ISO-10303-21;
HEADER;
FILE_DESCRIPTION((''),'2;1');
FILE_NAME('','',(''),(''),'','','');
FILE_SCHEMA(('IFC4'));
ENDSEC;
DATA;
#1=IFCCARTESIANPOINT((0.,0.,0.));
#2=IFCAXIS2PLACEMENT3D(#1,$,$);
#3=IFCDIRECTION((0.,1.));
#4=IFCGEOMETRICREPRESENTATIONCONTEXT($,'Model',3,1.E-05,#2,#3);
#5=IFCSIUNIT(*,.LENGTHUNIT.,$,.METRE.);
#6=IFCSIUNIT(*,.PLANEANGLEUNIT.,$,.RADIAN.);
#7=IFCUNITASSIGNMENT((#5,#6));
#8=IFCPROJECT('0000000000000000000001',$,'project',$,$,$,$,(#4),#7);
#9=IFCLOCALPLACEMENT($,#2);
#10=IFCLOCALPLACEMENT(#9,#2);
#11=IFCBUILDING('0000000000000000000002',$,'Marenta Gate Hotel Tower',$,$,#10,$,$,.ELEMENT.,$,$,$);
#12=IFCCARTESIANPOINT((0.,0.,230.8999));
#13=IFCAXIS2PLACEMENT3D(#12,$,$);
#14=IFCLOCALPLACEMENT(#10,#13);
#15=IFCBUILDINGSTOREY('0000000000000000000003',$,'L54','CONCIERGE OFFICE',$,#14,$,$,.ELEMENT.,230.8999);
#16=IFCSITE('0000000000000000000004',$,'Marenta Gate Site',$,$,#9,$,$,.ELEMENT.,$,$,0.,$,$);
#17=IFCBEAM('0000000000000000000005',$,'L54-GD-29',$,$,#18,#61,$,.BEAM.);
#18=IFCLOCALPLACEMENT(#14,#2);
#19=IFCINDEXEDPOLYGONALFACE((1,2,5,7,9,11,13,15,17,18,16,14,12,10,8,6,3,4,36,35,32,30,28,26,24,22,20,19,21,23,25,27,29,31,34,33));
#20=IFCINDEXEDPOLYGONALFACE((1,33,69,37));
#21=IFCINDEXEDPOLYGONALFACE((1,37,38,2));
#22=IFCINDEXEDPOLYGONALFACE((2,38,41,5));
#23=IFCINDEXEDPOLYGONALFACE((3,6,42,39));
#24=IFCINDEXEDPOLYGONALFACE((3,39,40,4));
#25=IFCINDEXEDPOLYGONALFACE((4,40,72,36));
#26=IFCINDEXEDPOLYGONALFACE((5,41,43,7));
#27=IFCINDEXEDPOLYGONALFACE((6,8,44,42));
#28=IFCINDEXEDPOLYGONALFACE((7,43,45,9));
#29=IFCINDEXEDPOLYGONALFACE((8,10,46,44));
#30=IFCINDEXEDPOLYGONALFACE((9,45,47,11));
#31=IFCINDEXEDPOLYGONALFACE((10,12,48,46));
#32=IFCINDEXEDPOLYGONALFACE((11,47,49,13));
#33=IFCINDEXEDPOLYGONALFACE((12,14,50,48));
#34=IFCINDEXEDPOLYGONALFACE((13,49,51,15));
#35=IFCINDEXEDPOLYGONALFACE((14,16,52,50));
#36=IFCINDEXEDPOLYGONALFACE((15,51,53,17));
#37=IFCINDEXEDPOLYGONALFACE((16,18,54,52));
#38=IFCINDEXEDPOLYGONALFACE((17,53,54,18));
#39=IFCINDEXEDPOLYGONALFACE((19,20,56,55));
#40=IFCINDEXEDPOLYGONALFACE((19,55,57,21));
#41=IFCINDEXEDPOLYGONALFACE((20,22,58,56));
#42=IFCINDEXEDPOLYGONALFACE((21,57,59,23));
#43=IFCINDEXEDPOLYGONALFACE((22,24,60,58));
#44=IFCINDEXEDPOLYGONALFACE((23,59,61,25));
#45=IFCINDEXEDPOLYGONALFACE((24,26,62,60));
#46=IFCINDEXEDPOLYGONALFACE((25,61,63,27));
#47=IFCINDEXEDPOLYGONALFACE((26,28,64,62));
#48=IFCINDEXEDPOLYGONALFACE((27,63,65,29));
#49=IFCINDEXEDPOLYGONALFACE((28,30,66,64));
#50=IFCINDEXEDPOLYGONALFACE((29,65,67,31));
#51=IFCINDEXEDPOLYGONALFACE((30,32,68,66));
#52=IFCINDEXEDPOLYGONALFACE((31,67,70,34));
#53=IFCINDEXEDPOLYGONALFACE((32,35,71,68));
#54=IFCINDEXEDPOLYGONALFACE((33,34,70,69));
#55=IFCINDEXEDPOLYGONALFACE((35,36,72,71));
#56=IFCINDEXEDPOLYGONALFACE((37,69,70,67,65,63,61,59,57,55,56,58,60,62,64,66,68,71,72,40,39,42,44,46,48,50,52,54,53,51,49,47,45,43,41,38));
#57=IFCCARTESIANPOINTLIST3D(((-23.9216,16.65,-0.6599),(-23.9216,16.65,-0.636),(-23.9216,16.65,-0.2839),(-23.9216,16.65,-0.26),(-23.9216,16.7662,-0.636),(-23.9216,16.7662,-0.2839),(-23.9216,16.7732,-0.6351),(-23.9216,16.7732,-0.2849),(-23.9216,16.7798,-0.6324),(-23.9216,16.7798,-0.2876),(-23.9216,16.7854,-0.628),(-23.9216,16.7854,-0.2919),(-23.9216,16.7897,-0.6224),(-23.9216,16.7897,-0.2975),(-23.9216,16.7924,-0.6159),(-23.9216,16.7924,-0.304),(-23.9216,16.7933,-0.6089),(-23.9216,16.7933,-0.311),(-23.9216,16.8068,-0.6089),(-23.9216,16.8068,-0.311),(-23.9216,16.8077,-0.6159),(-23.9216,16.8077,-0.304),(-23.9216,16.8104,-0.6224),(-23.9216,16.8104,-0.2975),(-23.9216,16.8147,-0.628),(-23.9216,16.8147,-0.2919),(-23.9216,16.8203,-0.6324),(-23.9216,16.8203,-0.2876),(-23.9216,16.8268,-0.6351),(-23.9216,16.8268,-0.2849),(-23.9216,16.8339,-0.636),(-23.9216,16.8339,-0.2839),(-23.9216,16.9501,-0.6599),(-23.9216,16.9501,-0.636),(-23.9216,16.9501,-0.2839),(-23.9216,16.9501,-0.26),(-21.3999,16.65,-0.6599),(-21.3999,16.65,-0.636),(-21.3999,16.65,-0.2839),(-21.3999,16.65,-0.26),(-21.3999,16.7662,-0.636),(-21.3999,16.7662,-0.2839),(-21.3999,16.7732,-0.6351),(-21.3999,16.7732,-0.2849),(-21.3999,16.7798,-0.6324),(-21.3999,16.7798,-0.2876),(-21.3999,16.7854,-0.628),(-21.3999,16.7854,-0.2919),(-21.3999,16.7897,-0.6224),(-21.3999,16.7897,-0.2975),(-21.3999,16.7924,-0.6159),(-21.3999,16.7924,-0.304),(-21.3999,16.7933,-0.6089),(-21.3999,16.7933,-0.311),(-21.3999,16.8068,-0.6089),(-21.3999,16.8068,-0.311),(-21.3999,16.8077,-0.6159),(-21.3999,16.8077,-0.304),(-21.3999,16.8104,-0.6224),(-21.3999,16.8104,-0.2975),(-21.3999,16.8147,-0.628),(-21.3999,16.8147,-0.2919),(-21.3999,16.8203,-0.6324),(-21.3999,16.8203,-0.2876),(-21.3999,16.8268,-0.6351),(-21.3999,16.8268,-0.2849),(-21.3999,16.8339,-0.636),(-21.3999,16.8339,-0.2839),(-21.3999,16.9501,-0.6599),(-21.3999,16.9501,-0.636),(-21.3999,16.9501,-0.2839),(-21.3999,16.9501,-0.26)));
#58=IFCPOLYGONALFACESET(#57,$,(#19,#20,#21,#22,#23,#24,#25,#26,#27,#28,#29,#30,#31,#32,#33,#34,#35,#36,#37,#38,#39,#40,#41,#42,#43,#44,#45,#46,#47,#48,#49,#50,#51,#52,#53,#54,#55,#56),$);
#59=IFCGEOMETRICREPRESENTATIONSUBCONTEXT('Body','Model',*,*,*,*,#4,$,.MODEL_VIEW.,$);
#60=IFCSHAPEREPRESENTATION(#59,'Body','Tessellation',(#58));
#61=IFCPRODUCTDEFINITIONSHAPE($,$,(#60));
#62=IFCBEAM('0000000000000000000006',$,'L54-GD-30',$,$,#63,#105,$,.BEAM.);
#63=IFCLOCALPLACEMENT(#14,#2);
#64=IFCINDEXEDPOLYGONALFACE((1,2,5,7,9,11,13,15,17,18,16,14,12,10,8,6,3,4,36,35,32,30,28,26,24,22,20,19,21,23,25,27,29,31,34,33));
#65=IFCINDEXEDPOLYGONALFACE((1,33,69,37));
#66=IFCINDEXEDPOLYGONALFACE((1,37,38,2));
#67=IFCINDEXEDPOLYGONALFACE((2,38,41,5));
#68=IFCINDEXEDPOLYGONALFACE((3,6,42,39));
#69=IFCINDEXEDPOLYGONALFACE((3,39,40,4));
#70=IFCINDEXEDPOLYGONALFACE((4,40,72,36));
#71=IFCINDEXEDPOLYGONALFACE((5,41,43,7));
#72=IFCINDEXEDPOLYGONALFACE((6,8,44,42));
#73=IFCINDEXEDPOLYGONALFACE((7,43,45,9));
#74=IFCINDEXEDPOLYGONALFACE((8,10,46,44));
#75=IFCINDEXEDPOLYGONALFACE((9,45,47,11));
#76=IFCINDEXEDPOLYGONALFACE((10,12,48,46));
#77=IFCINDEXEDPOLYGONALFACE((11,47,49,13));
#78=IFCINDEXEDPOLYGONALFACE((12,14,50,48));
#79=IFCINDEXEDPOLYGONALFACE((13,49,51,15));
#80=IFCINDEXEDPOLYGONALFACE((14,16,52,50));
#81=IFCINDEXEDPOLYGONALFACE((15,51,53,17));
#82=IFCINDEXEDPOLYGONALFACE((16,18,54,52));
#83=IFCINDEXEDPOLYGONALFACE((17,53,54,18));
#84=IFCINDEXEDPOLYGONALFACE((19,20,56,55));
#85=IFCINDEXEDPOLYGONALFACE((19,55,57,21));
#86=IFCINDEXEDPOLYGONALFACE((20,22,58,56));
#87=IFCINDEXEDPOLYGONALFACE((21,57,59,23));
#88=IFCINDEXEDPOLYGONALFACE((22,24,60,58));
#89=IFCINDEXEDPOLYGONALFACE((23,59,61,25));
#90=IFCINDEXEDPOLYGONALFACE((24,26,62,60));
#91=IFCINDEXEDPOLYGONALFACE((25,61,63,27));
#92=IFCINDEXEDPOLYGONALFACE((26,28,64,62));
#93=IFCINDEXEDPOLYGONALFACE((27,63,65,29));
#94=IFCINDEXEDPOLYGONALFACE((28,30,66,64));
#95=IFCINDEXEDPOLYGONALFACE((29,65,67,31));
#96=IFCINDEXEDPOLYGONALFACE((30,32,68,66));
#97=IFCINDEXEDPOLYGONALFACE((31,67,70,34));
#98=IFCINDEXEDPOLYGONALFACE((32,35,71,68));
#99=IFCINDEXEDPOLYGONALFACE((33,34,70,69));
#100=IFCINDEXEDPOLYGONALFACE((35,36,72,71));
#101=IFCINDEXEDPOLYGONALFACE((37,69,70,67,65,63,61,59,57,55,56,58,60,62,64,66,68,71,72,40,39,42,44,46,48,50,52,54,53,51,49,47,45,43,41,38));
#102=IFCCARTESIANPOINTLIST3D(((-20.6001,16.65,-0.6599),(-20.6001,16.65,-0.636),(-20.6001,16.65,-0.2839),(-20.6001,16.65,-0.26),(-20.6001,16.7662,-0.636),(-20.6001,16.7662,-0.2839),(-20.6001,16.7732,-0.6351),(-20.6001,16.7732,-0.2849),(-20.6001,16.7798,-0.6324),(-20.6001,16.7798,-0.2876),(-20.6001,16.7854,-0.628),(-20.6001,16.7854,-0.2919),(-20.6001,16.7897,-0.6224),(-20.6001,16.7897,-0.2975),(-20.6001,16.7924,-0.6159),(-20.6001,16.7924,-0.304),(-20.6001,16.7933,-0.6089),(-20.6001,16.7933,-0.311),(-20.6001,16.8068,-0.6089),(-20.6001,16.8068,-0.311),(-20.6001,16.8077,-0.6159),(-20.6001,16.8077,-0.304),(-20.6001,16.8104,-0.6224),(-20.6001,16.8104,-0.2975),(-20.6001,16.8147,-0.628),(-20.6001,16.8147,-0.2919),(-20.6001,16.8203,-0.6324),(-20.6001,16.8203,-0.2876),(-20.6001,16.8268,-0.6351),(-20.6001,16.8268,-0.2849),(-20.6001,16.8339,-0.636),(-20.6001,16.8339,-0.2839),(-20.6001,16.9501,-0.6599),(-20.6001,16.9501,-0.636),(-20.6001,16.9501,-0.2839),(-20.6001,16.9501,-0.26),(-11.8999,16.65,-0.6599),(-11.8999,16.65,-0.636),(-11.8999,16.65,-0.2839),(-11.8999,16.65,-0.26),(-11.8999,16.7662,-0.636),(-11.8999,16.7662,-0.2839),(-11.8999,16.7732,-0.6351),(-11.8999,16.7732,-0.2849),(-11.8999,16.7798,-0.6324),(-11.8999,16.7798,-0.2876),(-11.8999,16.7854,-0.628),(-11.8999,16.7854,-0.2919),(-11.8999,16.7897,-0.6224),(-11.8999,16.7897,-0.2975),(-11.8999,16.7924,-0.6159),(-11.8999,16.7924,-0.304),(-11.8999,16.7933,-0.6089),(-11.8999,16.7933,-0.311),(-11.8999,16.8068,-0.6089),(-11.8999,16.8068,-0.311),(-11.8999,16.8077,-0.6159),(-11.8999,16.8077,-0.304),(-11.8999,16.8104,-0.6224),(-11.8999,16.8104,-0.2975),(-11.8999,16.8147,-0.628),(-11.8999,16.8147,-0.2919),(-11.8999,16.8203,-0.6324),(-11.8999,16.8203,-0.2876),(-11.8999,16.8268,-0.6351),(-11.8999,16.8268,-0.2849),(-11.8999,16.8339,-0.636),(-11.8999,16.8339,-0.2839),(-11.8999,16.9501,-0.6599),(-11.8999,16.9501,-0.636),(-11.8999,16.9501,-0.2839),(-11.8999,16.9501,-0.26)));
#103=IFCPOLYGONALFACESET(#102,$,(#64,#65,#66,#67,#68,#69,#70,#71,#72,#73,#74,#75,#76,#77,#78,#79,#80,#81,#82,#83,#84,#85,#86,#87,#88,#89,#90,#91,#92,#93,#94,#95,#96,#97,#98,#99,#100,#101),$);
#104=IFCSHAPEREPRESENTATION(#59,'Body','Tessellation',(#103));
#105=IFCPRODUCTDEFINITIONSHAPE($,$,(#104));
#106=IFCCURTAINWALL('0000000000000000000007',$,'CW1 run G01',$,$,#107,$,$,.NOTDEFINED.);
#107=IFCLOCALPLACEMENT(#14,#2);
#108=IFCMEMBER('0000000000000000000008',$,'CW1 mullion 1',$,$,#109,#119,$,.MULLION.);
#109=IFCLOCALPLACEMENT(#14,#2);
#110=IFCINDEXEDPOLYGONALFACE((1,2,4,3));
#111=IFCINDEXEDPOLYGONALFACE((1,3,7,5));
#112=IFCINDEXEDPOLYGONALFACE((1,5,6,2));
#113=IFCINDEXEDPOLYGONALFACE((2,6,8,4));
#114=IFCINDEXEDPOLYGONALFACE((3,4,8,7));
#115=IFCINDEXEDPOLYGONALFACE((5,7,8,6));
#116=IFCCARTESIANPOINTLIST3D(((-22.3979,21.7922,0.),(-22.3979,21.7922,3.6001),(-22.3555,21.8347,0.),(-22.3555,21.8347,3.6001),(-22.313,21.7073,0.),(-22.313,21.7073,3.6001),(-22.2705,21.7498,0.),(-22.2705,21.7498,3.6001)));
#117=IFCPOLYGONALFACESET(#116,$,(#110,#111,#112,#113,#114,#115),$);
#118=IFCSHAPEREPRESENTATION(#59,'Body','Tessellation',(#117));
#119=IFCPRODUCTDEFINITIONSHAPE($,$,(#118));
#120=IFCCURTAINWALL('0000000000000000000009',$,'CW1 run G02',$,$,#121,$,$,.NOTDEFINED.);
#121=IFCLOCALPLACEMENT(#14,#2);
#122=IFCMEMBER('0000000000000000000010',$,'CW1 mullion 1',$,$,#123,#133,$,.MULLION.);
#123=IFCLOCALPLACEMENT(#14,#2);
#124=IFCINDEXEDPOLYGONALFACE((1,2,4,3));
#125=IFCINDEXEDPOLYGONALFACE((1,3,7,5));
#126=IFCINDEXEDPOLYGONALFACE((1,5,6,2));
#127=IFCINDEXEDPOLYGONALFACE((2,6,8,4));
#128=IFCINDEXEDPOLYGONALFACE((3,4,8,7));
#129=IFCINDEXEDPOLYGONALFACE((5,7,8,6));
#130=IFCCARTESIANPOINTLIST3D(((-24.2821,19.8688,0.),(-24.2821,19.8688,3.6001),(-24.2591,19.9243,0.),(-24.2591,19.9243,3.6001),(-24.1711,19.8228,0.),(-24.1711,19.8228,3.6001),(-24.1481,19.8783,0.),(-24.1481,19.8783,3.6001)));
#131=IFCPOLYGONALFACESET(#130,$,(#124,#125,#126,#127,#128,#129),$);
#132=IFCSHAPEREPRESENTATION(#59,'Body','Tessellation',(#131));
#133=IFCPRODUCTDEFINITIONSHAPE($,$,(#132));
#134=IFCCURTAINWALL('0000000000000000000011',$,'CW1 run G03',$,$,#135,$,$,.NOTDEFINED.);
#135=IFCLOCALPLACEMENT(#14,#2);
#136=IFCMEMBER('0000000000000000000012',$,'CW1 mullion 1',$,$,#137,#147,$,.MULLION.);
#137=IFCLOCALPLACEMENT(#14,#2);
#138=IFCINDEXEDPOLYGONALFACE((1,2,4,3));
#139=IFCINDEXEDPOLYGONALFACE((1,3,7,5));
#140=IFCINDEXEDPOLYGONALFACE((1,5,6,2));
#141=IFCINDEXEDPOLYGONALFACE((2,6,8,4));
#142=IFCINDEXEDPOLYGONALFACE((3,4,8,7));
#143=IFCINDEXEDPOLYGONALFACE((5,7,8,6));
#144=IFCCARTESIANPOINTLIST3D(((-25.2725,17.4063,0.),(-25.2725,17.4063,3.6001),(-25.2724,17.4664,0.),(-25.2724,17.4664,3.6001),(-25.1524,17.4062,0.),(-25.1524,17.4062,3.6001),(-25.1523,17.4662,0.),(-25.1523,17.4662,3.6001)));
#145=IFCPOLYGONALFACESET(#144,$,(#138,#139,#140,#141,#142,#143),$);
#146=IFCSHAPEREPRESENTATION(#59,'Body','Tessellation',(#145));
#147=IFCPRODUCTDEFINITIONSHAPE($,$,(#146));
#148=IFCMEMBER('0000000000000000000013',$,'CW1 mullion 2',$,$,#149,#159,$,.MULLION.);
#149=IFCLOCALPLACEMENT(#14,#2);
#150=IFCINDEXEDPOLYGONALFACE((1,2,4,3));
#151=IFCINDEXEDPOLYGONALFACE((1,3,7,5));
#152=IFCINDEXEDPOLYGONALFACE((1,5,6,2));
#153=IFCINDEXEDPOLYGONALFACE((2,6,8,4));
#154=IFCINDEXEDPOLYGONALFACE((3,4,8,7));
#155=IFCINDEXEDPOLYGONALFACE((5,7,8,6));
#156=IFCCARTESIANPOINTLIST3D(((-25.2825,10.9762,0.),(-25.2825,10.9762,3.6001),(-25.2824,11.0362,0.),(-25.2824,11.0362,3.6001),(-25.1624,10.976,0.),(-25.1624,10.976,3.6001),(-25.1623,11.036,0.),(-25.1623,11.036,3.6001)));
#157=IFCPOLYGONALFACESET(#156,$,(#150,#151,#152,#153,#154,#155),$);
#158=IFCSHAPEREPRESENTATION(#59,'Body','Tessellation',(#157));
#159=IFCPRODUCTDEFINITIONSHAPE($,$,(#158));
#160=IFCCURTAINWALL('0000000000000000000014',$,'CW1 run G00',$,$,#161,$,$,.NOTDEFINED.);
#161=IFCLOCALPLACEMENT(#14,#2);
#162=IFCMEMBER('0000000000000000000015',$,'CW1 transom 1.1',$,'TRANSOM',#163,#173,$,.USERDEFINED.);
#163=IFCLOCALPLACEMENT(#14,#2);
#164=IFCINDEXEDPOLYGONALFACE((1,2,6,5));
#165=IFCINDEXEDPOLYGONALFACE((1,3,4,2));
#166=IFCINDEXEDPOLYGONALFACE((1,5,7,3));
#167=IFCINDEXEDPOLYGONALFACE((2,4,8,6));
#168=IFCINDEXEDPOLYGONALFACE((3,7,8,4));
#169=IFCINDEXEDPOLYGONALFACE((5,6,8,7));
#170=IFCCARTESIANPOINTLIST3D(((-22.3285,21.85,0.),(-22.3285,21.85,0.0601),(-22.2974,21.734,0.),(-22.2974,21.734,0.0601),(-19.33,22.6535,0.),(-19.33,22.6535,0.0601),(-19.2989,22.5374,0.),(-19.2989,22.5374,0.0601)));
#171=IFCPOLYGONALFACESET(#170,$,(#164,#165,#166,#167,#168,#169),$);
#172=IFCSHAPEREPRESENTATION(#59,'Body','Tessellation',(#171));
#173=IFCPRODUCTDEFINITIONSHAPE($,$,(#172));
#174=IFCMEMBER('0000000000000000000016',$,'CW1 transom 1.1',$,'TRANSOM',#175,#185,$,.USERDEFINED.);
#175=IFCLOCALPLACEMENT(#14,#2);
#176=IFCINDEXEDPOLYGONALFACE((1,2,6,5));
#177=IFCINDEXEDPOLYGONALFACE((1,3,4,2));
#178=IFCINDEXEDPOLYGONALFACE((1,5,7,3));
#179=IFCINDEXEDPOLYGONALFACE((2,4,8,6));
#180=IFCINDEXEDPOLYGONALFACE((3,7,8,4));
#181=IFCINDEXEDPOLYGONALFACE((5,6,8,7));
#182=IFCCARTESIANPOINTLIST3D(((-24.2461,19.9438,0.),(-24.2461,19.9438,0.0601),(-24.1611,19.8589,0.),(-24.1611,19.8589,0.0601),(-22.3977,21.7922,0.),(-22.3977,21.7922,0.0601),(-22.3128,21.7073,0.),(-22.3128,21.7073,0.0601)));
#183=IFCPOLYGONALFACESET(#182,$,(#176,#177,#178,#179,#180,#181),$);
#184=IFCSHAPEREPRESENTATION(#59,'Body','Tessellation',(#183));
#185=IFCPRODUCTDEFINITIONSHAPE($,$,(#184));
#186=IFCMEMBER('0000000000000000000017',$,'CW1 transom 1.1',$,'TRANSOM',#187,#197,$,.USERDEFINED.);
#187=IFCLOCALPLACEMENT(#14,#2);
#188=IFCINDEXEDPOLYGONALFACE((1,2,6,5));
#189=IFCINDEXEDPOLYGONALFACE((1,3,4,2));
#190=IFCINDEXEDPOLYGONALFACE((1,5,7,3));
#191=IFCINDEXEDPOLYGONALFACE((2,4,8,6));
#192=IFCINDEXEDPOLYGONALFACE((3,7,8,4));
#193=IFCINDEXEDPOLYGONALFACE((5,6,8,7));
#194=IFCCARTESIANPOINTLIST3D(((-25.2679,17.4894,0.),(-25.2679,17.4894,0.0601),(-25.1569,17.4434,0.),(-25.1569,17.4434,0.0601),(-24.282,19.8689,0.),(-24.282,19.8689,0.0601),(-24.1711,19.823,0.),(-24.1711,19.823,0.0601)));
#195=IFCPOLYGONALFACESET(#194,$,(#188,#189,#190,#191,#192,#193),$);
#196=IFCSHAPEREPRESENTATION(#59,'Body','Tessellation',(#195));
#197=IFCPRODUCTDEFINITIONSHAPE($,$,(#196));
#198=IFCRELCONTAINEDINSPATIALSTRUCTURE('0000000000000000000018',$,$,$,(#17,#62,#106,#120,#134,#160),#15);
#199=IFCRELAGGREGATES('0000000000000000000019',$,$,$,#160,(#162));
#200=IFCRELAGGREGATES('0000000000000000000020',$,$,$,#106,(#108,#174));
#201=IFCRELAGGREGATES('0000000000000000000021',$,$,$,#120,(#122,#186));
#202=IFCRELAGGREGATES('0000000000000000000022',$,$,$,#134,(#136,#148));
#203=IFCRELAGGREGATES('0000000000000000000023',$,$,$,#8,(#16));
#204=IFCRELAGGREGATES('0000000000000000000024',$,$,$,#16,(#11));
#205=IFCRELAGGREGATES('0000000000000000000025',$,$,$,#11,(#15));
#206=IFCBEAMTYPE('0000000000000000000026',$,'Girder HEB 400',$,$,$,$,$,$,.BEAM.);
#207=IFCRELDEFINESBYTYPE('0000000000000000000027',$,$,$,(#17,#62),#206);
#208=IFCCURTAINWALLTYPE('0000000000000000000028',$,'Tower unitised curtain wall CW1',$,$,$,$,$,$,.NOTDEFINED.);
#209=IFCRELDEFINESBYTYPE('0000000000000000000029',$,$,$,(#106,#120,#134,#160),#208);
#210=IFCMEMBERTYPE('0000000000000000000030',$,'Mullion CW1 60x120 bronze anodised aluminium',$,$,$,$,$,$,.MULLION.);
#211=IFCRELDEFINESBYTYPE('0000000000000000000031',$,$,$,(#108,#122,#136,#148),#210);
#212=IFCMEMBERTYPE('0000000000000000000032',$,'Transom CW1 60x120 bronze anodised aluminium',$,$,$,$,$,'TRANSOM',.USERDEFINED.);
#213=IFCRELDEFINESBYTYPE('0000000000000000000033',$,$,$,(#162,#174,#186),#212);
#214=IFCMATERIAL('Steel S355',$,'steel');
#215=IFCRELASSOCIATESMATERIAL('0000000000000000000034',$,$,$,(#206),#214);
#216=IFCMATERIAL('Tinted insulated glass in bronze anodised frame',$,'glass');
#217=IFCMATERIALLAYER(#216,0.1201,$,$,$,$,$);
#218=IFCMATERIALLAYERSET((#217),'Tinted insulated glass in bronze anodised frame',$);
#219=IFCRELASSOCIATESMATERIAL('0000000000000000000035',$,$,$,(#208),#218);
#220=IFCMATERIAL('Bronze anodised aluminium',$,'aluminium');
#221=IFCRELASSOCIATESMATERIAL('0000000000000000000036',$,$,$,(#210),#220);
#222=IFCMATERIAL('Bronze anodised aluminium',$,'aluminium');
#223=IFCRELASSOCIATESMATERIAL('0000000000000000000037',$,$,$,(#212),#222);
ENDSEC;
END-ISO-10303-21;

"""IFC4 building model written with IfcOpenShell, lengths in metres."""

from ifc_helpers import new_model, si_unit, direction, frame, origin, origin_2d, place, context, subcontext, project, spatial, rectangle, i_section, extrude, material, layer, layer_set, material_profile, profile_set, type_object, element, aggregate, save


model = new_model("IFC4")

# Units and contexts
model_context = context("Model", 3, precision=1e-05, world=origin(), true_north=direction((0.0, 1.0)))
body_context = subcontext(model_context, "Body", "Model", "MODEL_VIEW")
ifc_project = project(units=[si_unit("LENGTHUNIT", "METRE"), si_unit("PLANEANGLEUNIT", "RADIAN")], contexts=[model_context])

# Site, building, storey
site_placement = place(None, origin())
site = spatial("IfcSite", under=ifc_project, at=site_placement, Name="Marenta Gate Site", CompositionType="ELEMENT", RefElevation=0.0)
building_placement = place(site_placement, origin())
building = spatial("IfcBuilding", under=site, at=building_placement, Name="Marenta Gate Hotel Tower", CompositionType="ELEMENT")
storey_placement = place(building_placement, frame((0.0, 0.0, 230.8999)))
storey = spatial("IfcBuildingStorey", under=building, at=storey_placement, Name="L54", Description="CONCIERGE OFFICE", CompositionType="ELEMENT", Elevation=230.8999)

# Beams
ifc_material_1 = material(Name="Steel S355", Category="steel")
ifc_material_profile_1 = material_profile(ifc_material_1, i_section(OverallWidth=0.3, OverallDepth=0.3999, WebThickness=0.0134, FlangeThickness=0.0239, FilletRadius=0.0271, at=origin_2d()), Name="HEB 400")
ifc_profile_set_1 = profile_set([ifc_material_profile_1], Name="Steel S355")
beam_type_1 = type_object("IfcBeamType", Name="Girder HEB 400", PredefinedType="BEAM", material=ifc_profile_set_1)
beam_1_placement = place(storey_placement, frame((-23.9216, 16.8, -0.46), z_axis=(1.0, 0.0, 0.0), x_axis=(0.0, 1.0, 0.0)))
element("IfcBeam", 1, at=beam_1_placement, inside=storey, type_object=beam_type_1, Name="L54-GD-29", PredefinedType="BEAM", context=body_context, shape_type="SweptSolid", body=[
    extrude(i_section(OverallWidth=0.3, OverallDepth=0.3999, WebThickness=0.0134, FlangeThickness=0.0239, FilletRadius=0.0271, at=origin_2d()), origin(), (0.0, 0.0, 1.0), 2.5217),
])
beam_2_placement = place(storey_placement, frame((-20.6001, 16.8, -0.46), z_axis=(1.0, 0.0, 0.0), x_axis=(0.0, 1.0, 0.0)))
element("IfcBeam", 2, at=beam_2_placement, inside=storey, type_object=beam_type_1, Name="L54-GD-30", PredefinedType="BEAM", context=body_context, shape_type="SweptSolid", body=[
    extrude(i_section(OverallWidth=0.3, OverallDepth=0.3999, WebThickness=0.0134, FlangeThickness=0.0239, FilletRadius=0.0271, at=origin_2d()), origin(), (0.0, 0.0, 1.0), 8.7002),
])

# Curtain walls, members
ifc_material_2 = material(Name="Tinted insulated glass in bronze anodised frame", Category="glass")
ifc_layer_1 = layer(ifc_material_2, 0.1201)
ifc_layer_set_1 = layer_set([ifc_layer_1], Name="Tinted insulated glass in bronze anodised frame")
curtain_wall_type = type_object("IfcCurtainWallType", Name="Tower unitised curtain wall CW1", PredefinedType="NOTDEFINED", material=ifc_layer_set_1)
curtain_wall_1_placement = place(storey_placement, origin())
curtain_wall_1 = element("IfcCurtainWall", 3, at=curtain_wall_1_placement, inside=storey, type_object=curtain_wall_type, Name="CW1 run G01", PredefinedType="NOTDEFINED")
ifc_material_3 = material(Name="Bronze anodised aluminium", Category="aluminium")
ifc_material_profile_2 = material_profile(ifc_material_3, rectangle(XDim=0.1201, YDim=0.0601, at=origin_2d()), Name="Mullion CW1 60x120 bronze anodised aluminium")
ifc_profile_set_2 = profile_set([ifc_material_profile_2], Name="Bronze anodised aluminium")
member_type_1 = type_object("IfcMemberType", Name="Mullion CW1 60x120 bronze anodised aluminium", PredefinedType="MULLION", material=ifc_profile_set_2)
member_1_placement = place(storey_placement, frame((-22.3342, 21.771, 0.0), z_axis=(0.0, 0.0, 1.0), x_axis=(0.707107, -0.707107, 0.0)))
member_1 = element("IfcMember", 4, at=member_1_placement, type_object=member_type_1, Name="CW1 mullion 1", PredefinedType="MULLION", context=body_context, shape_type="SweptSolid", body=[
    extrude(rectangle(XDim=0.1201, YDim=0.0601, at=origin_2d()), origin(), (0.0, 0.0, 1.0), 3.6001),
])
curtain_wall_2_placement = place(storey_placement, origin())
curtain_wall_2 = element("IfcCurtainWall", 5, at=curtain_wall_2_placement, inside=storey, type_object=curtain_wall_type, Name="CW1 run G02", PredefinedType="NOTDEFINED")
member_2_placement = place(storey_placement, frame((-24.2151, 19.8735, 0.0), z_axis=(0.0, 0.0, 1.0), x_axis=(0.923886, -0.382667, 0.0)))
member_2 = element("IfcMember", 6, at=member_2_placement, type_object=member_type_1, Name="CW1 mullion 1", PredefinedType="MULLION", context=body_context, shape_type="SweptSolid", body=[
    extrude(rectangle(XDim=0.1201, YDim=0.0601, at=origin_2d()), origin(), (0.0, 0.0, 1.0), 3.6001),
])

# Curtain wall, members
curtain_wall_3_placement = place(storey_placement, origin())
curtain_wall_3 = element("IfcCurtainWall", 7, at=curtain_wall_3_placement, inside=storey, type_object=curtain_wall_type, Name="CW1 run G03", PredefinedType="NOTDEFINED")
member_3_placement = place(storey_placement, frame((-25.2124, 17.4363, 0.0), z_axis=(0.0, 0.0, 1.0), x_axis=(0.999999, -0.001566, 0.0)))
member_3 = element("IfcMember", 8, at=member_3_placement, type_object=member_type_1, Name="CW1 mullion 1", PredefinedType="MULLION", context=body_context, shape_type="SweptSolid", body=[
    extrude(rectangle(XDim=0.1201, YDim=0.0601, at=origin_2d()), origin(), (0.0, 0.0, 1.0), 3.6001),
])
member_4_placement = place(storey_placement, frame((-25.2224, 11.0061, 0.0), z_axis=(0.0, 0.0, 1.0), x_axis=(0.999999, -0.001566, 0.0)))
member_4 = element("IfcMember", 9, at=member_4_placement, type_object=member_type_1, Name="CW1 mullion 2", PredefinedType="MULLION", context=body_context, shape_type="SweptSolid", body=[
    extrude(rectangle(XDim=0.1201, YDim=0.0601, at=origin_2d()), origin(), (0.0, 0.0, 1.0), 3.6001),
])

# Curtain wall, member
curtain_wall_4_placement = place(storey_placement, origin())
curtain_wall_4 = element("IfcCurtainWall", 10, at=curtain_wall_4_placement, inside=storey, type_object=curtain_wall_type, Name="CW1 run G00", PredefinedType="NOTDEFINED")
ifc_material_4 = material(Name="Bronze anodised aluminium", Category="aluminium")
ifc_material_profile_3 = material_profile(ifc_material_4, rectangle(XDim=0.1201, YDim=0.0601, at=origin_2d()), Name="Transom CW1 60x120 bronze anodised aluminium")
ifc_profile_set_3 = profile_set([ifc_material_profile_3], Name="Bronze anodised aluminium")
member_type_2 = type_object("IfcMemberType", Name="Transom CW1 60x120 bronze anodised aluminium", ElementType="TRANSOM", PredefinedType="USERDEFINED", material=ifc_profile_set_3)
member_5_placement = place(storey_placement, frame((-19.3145, 22.5955, 0.03), z_axis=(-0.965925, -0.258823, 0.0), x_axis=(0.258823, -0.965925, 0.0)))
member_5 = element("IfcMember", 11, at=member_5_placement, type_object=member_type_2, Name="CW1 transom 1.1", ObjectType="TRANSOM", PredefinedType="USERDEFINED", context=body_context, shape_type="SweptSolid", body=[
    extrude(rectangle(XDim=0.1201, YDim=0.0601, at=origin_2d()), origin(), (0.0, 0.0, 1.0), 3.1042),
])

# Members
member_6_placement = place(storey_placement, frame((-22.3552, 21.7498, 0.03), z_axis=(-0.707107, -0.707107, 0.0), x_axis=(0.707107, -0.707107, 0.0)))
member_6 = element("IfcMember", 12, at=member_6_placement, type_object=member_type_2, Name="CW1 transom 1.1", ObjectType="TRANSOM", PredefinedType="USERDEFINED", context=body_context, shape_type="SweptSolid", body=[
    extrude(rectangle(XDim=0.1201, YDim=0.0601, at=origin_2d()), origin(), (0.0, 0.0, 1.0), 2.614),
])
member_7_placement = place(storey_placement, frame((-24.2266, 19.8459, 0.03), z_axis=(-0.382737, -0.923857, 0.0), x_axis=(0.923857, -0.382737, 0.0)))
member_7 = element("IfcMember", 13, at=member_7_placement, type_object=member_type_2, Name="CW1 transom 1.1", ObjectType="TRANSOM", PredefinedType="USERDEFINED", context=body_context, shape_type="SweptSolid", body=[
    extrude(rectangle(XDim=0.1201, YDim=0.0601, at=origin_2d()), origin(), (0.0, 0.0, 1.0), 2.5757),
])

aggregate(curtain_wall_4, [member_5])
aggregate(curtain_wall_1, [member_1, member_6])
aggregate(curtain_wall_2, [member_2, member_7])
aggregate(curtain_wall_3, [member_3, member_4])

save(model, "model.ifc")
